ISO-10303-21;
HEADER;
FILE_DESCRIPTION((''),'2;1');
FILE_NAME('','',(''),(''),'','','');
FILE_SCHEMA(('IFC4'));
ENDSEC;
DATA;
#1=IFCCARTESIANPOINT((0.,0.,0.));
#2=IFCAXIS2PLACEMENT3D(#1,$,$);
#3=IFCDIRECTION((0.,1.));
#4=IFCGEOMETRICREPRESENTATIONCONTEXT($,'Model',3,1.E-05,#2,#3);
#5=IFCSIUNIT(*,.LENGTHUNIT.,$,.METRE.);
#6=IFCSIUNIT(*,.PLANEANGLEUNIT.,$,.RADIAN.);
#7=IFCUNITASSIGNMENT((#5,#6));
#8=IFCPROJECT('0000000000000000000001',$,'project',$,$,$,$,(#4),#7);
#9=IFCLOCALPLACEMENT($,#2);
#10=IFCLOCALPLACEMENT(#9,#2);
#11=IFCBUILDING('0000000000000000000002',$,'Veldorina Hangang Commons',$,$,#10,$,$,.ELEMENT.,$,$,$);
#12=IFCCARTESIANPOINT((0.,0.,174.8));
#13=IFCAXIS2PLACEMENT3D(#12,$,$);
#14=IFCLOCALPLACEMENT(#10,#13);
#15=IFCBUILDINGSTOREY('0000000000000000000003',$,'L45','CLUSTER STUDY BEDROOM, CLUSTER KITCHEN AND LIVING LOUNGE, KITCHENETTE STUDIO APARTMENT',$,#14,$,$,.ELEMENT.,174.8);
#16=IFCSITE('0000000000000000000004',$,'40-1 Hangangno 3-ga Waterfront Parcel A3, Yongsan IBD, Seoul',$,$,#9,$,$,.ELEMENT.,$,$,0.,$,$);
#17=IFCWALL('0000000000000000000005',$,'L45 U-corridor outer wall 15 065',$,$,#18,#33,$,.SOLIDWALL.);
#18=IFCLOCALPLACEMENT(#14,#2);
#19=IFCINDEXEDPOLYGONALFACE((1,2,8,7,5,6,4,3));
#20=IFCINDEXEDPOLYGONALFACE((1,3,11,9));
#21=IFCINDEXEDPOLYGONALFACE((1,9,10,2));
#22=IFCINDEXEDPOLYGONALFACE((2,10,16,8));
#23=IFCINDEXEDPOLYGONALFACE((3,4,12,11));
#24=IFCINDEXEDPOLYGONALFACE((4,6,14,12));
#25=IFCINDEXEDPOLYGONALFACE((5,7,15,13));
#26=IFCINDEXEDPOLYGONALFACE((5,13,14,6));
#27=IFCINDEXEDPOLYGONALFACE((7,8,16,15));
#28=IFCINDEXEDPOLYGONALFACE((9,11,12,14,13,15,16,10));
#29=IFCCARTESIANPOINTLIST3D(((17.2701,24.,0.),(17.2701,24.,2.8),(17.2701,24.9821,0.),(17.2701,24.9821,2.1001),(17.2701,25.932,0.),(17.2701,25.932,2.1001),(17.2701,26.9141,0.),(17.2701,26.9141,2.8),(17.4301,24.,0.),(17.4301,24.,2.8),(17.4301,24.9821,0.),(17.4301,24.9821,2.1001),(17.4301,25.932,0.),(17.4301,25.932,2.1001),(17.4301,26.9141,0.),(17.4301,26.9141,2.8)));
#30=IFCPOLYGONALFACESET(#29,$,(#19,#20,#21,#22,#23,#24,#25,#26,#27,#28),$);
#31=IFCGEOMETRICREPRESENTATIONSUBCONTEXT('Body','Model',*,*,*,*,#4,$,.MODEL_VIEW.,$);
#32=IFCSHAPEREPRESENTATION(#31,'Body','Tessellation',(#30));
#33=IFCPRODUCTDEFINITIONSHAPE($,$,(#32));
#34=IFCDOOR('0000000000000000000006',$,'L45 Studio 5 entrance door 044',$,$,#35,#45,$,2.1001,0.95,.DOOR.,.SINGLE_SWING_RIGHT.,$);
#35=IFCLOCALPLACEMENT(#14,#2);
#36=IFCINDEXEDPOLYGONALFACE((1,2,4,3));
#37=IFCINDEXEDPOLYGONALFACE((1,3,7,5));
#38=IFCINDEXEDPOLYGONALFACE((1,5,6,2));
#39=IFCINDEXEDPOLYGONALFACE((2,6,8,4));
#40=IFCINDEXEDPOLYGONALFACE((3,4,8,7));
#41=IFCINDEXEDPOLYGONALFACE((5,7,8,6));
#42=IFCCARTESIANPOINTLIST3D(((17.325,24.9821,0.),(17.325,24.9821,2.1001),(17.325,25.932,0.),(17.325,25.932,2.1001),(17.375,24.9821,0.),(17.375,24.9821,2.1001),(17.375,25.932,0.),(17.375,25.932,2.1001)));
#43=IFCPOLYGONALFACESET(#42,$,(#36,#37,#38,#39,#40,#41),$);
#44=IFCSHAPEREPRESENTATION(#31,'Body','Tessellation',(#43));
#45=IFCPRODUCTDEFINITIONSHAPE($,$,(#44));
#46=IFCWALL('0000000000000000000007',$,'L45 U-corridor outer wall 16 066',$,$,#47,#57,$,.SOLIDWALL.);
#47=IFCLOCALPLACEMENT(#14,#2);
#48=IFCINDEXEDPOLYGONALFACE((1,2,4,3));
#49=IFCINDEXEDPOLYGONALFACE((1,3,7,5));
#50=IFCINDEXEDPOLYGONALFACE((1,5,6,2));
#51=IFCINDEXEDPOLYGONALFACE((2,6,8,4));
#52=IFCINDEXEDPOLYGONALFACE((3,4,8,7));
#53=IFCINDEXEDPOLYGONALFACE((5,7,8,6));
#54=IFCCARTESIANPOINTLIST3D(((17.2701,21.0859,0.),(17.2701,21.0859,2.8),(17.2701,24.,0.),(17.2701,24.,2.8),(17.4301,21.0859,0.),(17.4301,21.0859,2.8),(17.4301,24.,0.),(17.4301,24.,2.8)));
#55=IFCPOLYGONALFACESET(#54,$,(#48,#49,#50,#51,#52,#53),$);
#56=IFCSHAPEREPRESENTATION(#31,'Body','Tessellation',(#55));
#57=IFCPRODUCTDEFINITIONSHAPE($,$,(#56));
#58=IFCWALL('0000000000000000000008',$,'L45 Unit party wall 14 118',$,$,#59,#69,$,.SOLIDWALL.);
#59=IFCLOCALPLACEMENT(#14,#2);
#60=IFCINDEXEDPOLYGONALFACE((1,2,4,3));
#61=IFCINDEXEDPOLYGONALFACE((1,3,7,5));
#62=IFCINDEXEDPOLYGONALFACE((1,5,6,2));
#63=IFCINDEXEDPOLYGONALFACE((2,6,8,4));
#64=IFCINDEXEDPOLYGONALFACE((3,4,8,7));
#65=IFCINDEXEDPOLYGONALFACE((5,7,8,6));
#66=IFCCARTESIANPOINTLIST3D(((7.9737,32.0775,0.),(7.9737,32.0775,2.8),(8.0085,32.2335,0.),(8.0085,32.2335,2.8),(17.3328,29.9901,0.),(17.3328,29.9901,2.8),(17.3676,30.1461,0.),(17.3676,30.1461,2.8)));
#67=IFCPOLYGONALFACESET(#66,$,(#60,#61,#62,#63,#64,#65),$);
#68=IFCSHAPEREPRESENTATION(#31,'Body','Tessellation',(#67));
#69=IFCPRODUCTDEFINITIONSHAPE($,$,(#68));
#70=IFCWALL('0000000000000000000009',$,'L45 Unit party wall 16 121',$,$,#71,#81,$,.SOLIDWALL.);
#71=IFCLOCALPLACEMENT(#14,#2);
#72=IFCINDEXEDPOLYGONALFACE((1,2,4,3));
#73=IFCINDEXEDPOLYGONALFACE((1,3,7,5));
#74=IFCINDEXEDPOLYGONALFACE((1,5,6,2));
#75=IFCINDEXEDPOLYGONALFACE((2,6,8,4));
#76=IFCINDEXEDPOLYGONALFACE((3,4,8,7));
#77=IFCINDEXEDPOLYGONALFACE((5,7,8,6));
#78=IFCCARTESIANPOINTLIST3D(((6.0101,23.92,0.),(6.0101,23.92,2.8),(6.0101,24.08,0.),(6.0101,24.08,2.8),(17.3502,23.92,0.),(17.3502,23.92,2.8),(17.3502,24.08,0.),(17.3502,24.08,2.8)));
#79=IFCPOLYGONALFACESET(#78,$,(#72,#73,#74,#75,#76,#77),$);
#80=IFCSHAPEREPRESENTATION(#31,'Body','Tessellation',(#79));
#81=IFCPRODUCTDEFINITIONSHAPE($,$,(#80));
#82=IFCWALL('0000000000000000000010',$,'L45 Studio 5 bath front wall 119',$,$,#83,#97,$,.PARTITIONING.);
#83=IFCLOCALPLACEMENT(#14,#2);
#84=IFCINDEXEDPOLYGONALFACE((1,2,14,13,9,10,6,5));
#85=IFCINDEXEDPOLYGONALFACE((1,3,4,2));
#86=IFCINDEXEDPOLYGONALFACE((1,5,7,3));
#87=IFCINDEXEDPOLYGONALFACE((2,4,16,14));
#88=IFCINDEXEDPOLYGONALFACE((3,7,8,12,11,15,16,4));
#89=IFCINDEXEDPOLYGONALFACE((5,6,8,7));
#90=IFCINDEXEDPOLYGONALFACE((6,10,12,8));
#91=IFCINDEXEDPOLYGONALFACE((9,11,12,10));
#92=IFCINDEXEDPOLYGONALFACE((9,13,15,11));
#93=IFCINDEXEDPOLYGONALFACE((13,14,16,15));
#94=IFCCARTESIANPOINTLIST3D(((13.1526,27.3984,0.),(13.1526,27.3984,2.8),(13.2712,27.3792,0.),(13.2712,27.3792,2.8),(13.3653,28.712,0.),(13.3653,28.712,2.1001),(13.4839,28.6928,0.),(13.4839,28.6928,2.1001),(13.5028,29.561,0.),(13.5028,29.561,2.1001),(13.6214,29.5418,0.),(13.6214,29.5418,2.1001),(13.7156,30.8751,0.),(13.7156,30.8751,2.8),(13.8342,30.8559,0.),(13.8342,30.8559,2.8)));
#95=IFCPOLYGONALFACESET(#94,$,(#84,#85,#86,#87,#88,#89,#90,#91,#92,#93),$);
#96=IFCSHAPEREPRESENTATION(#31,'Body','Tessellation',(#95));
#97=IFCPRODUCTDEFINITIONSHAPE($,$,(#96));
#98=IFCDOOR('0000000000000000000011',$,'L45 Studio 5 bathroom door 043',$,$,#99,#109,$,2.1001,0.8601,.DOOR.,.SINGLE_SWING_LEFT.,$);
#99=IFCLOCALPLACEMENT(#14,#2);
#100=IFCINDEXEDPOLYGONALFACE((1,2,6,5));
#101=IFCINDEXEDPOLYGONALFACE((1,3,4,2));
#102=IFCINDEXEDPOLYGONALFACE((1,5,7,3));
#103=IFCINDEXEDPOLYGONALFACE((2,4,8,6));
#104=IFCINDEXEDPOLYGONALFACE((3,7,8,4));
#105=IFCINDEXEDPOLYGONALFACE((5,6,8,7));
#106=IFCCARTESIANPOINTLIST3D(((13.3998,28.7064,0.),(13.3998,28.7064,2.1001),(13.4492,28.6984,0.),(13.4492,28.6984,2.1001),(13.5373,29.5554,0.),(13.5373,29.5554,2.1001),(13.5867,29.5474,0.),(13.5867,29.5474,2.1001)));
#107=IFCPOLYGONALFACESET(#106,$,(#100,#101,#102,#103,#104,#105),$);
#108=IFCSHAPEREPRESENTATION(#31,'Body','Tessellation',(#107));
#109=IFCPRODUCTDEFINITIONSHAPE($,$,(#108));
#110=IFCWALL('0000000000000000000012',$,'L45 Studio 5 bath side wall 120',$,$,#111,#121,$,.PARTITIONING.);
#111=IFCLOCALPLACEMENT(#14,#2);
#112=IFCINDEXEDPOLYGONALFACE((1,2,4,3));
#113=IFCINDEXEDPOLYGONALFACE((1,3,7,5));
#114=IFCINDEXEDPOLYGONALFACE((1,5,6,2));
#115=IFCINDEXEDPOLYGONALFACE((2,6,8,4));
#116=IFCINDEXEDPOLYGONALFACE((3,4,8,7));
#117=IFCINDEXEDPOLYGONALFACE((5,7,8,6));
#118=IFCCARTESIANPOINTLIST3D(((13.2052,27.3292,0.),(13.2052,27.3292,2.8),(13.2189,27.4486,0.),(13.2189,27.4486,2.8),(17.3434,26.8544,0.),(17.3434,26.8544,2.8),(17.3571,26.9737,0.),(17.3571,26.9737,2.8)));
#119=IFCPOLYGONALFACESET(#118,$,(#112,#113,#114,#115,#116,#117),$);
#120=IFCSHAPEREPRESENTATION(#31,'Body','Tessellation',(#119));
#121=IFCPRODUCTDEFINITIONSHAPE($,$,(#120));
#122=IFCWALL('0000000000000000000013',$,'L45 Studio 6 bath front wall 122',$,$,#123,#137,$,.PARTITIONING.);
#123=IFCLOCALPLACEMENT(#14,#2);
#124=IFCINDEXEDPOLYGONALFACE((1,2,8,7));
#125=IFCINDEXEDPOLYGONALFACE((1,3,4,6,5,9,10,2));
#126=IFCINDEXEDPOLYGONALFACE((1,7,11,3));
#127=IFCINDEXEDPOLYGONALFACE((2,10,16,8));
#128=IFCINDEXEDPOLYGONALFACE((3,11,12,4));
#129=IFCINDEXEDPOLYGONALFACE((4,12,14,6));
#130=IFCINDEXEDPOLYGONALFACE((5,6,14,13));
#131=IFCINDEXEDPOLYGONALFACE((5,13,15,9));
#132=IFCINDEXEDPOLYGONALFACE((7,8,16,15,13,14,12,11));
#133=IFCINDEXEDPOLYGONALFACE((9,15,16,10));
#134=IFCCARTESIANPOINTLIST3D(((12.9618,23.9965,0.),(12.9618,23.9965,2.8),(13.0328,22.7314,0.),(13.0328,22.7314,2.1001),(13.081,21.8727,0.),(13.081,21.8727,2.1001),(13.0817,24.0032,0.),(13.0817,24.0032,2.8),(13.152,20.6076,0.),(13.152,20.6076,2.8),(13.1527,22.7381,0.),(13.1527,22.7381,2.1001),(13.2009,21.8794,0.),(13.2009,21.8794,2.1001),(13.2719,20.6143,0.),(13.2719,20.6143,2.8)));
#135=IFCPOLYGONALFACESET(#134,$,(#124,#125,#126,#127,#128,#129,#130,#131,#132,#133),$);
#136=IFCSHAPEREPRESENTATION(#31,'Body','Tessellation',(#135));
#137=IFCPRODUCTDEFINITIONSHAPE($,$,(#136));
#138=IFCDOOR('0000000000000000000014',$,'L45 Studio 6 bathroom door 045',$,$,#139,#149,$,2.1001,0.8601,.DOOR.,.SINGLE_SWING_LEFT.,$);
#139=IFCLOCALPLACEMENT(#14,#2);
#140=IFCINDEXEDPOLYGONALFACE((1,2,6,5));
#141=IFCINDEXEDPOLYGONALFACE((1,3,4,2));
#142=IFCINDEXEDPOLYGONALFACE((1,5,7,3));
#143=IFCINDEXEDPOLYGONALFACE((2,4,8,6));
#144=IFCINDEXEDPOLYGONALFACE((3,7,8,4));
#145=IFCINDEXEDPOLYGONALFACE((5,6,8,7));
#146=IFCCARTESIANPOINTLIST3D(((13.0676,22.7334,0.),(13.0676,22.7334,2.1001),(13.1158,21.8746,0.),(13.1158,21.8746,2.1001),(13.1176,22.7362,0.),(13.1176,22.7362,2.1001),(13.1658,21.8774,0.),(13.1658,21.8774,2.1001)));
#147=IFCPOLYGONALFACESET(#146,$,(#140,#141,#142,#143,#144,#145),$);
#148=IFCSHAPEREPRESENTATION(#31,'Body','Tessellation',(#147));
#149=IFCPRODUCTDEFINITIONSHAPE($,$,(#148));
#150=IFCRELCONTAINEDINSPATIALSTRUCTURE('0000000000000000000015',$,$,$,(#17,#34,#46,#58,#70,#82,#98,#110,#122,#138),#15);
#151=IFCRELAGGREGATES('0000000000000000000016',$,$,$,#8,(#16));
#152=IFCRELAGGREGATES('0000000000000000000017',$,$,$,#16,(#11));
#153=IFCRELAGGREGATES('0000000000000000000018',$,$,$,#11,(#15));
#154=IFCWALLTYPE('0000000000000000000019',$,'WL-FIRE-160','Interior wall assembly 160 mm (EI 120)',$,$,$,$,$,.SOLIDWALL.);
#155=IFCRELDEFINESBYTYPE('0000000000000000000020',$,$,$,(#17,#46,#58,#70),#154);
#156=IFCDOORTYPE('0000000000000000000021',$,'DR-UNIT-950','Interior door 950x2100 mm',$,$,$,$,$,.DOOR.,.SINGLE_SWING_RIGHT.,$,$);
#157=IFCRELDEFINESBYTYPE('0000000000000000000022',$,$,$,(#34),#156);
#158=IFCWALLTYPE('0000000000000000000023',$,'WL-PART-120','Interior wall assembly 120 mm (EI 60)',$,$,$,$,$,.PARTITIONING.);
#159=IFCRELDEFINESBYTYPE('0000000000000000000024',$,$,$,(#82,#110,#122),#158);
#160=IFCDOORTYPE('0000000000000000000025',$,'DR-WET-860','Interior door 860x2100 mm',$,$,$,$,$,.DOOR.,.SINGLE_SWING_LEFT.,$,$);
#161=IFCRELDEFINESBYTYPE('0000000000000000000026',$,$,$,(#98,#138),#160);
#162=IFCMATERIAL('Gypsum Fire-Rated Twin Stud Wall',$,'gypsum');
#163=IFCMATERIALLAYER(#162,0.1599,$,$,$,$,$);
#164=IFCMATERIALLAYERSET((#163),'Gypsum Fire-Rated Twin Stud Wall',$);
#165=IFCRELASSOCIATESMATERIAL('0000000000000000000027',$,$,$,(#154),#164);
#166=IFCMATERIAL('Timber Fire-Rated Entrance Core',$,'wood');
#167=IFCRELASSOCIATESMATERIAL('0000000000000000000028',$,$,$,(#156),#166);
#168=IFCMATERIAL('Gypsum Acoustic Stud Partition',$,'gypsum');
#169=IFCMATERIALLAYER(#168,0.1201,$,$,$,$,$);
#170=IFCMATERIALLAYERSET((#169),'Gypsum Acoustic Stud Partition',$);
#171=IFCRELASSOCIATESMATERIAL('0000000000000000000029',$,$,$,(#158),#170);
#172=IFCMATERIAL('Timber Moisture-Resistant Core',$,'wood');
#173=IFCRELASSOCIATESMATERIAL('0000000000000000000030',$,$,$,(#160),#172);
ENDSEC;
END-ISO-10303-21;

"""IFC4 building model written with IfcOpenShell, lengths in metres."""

from ifc_helpers import new_model, si_unit, direction, frame, frame_2d, origin, place, context, subcontext, project, spatial, rectangle, extrude, material, layer, layer_set, type_object, element, fill, save


model = new_model("IFC4")

# Units and contexts
model_context = context("Model", 3, precision=1e-05, world=origin(), true_north=direction((0.0, 1.0)))
body_context = subcontext(model_context, "Body", "Model", "MODEL_VIEW")
ifc_project = project(units=[si_unit("LENGTHUNIT", "METRE"), si_unit("PLANEANGLEUNIT", "RADIAN")], contexts=[model_context])

# Site, building, storey
site_placement = place(None, origin())
site = spatial("IfcSite", under=ifc_project, at=site_placement, Name="40-1 Hangangno 3-ga Waterfront Parcel A3, Yongsan IBD, Seoul", CompositionType="ELEMENT", RefElevation=0.0)
building_placement = place(site_placement, origin())
building = spatial("IfcBuilding", under=site, at=building_placement, Name="Veldorina Hangang Commons", CompositionType="ELEMENT")
storey_placement = place(building_placement, frame((0.0, 0.0, 174.8)))
storey = spatial("IfcBuildingStorey", under=building, at=storey_placement, Name="L45", Description="CLUSTER STUDY BEDROOM, CLUSTER KITCHEN AND LIVING LOUNGE, KITCHENETTE STUDIO APARTMENT", CompositionType="ELEMENT", Elevation=174.8)

# Shared definitions
ifc_material_1 = material(Name="Gypsum Fire-Rated Twin Stud Wall", Category="gypsum")
ifc_layer_1 = layer(ifc_material_1, 0.1599)
ifc_layer_set_1 = layer_set([ifc_layer_1], Name="Gypsum Fire-Rated Twin Stud Wall")
wall_type_1 = type_object("IfcWallType", Name="WL-FIRE-160", Description="Interior wall assembly 160 mm (EI 120)", PredefinedType="SOLIDWALL", material=ifc_layer_set_1)

# Wall, opening, door
wall_1_placement = place(storey_placement, frame((17.3501, 26.9141, 0.0), z_axis=(0.0, 0.0, 1.0), x_axis=(0.0, -1.0, 0.0)))
wall_1 = element("IfcWall", 1, at=wall_1_placement, inside=storey, type_object=wall_type_1, Name="L45 U-corridor outer wall 15 065", PredefinedType="SOLIDWALL", context=body_context, shape_type="SweptSolid", body=[
    extrude(rectangle(XDim=2.9141, YDim=0.1599, at=frame_2d((1.457, 0.0))), origin(), (0.0, 0.0, 1.0), 2.8),
])
opening_1_placement = place(wall_1_placement, frame((0.9819, 0.0, 0.0)))
opening_1 = element("IfcOpeningElement", 2, at=opening_1_placement, cuts=wall_1, PredefinedType="OPENING", context=body_context, shape_type="SweptSolid", body=[
    extrude(rectangle(XDim=0.95, YDim=2.1001, at=frame_2d((0.4751, 1.05))), frame((0.0, 0.0898, 0.0), z_axis=(0.0, -1.0, 0.0), x_axis=(1.0, 0.0, 0.0)), (0.0, 0.0, 1.0), 0.1799),
])
ifc_material_2 = material(Name="Timber Fire-Rated Entrance Core", Category="wood")
door_type_1 = type_object("IfcDoorType", Name="DR-UNIT-950", Description="Interior door 950x2100 mm", OperationType="SINGLE_SWING_RIGHT", PredefinedType="DOOR", material=ifc_material_2)
door_1_placement = place(opening_1_placement, origin())
door_1 = element("IfcDoor", 3, at=door_1_placement, inside=storey, type_object=door_type_1, Name="L45 Studio 5 entrance door 044", OperationType="SINGLE_SWING_RIGHT", OverallHeight=2.1001, OverallWidth=0.95, PredefinedType="DOOR", context=body_context, shape_type="SweptSolid", body=[
    extrude(rectangle(XDim=0.95, YDim=2.1001, at=frame_2d((0.4751, 1.05))), frame((0.0, 0.0249, 0.0), z_axis=(0.0, -1.0, 0.0), x_axis=(1.0, 0.0, 0.0)), (0.0, 0.0, 1.0), 0.05),
])
fill(opening_1, door_1)

# Walls
wall_2_placement = place(storey_placement, frame((17.3501, 24.0, 0.0), z_axis=(0.0, 0.0, 1.0), x_axis=(0.0, -1.0, 0.0)))
element("IfcWall", 4, at=wall_2_placement, inside=storey, type_object=wall_type_1, Name="L45 U-corridor outer wall 16 066", PredefinedType="SOLIDWALL", context=body_context, shape_type="SweptSolid", body=[
    extrude(rectangle(XDim=2.9141, YDim=0.1599, at=frame_2d((1.457, 0.0))), origin(), (0.0, 0.0, 1.0), 2.8),
])
wall_3_placement = place(storey_placement, frame((17.3501, 30.0681, 0.0), z_axis=(0.0, 0.0, 1.0), x_axis=(-0.976019, 0.217685, 0.0)))
element("IfcWall", 5, at=wall_3_placement, inside=storey, type_object=wall_type_1, Name="L45 Unit party wall 14 118", PredefinedType="SOLIDWALL", context=body_context, shape_type="SweptSolid", body=[
    extrude(rectangle(XDim=9.5891, YDim=0.1599, at=frame_2d((4.7944, 0.0))), origin(), (0.0, 0.0, 1.0), 2.8),
])
wall_4_placement = place(storey_placement, frame((17.3501, 24.0, 0.0), z_axis=(0.0, 0.0, 1.0), x_axis=(-1.0, 0.0, 0.0)))
element("IfcWall", 6, at=wall_4_placement, inside=storey, type_object=wall_type_1, Name="L45 Unit party wall 16 121", PredefinedType="SOLIDWALL", context=body_context, shape_type="SweptSolid", body=[
    extrude(rectangle(XDim=11.3401, YDim=0.1599, at=frame_2d((5.6699, 0.0))), origin(), (0.0, 0.0, 1.0), 2.8),
])

# Wall, opening, door
ifc_material_3 = material(Name="Gypsum Acoustic Stud Partition", Category="gypsum")
ifc_layer_2 = layer(ifc_material_3, 0.1201)
ifc_layer_set_2 = layer_set([ifc_layer_2], Name="Gypsum Acoustic Stud Partition")
wall_type_2 = type_object("IfcWallType", Name="WL-PART-120", Description="Interior wall assembly 120 mm (EI 60)", PredefinedType="PARTITIONING", material=ifc_layer_set_2)
wall_5_placement = place(storey_placement, frame((13.7749, 30.8655, 0.0), z_axis=(0.0, 0.0, 1.0), x_axis=(-0.159856, -0.98714, 0.0)))
wall_5 = element("IfcWall", 7, at=wall_5_placement, inside=storey, type_object=wall_type_2, Name="L45 Studio 5 bath front wall 119", PredefinedType="PARTITIONING", context=body_context, shape_type="SweptSolid", body=[
    extrude(rectangle(XDim=3.522, YDim=0.1201, at=frame_2d((1.761, 0.0))), origin(), (0.0, 0.0, 1.0), 2.8),
])
opening_2_placement = place(wall_5_placement, frame((1.3311, 0.0, 0.0)))
opening_2 = element("IfcOpeningElement", 8, at=opening_2_placement, cuts=wall_5, PredefinedType="OPENING", context=body_context, shape_type="SweptSolid", body=[
    extrude(rectangle(XDim=0.8601, YDim=2.1001, at=frame_2d((0.4302, 1.05))), frame((0.0, 0.0701, 0.0), z_axis=(0.0, -1.0, 0.0), x_axis=(1.0, 0.0, 0.0)), (0.0, 0.0, 1.0), 0.1401),
])
ifc_material_4 = material(Name="Timber Moisture-Resistant Core", Category="wood")
door_type_2 = type_object("IfcDoorType", Name="DR-WET-860", Description="Interior door 860x2100 mm", OperationType="SINGLE_SWING_LEFT", PredefinedType="DOOR", material=ifc_material_4)
door_2_placement = place(opening_2_placement, origin())
door_2 = element("IfcDoor", 9, at=door_2_placement, inside=storey, type_object=door_type_2, Name="L45 Studio 5 bathroom door 043", OperationType="SINGLE_SWING_LEFT", OverallHeight=2.1001, OverallWidth=0.8601, PredefinedType="DOOR", context=body_context, shape_type="SweptSolid", body=[
    extrude(rectangle(XDim=0.8601, YDim=2.1001, at=frame_2d((0.4302, 1.05))), frame((0.0, 0.0249, 0.0), z_axis=(0.0, -1.0, 0.0), x_axis=(1.0, 0.0, 0.0)), (0.0, 0.0, 1.0), 0.05),
])
fill(opening_2, door_2)

# Wall
wall_6_placement = place(storey_placement, frame((17.3501, 26.9141, 0.0), z_axis=(0.0, 0.0, 1.0), x_axis=(-0.993481, 0.114001, 0.0)))
element("IfcWall", 10, at=wall_6_placement, inside=storey, type_object=wall_type_2, Name="L45 Studio 5 bath side wall 120", PredefinedType="PARTITIONING", context=body_context, shape_type="SweptSolid", body=[
    extrude(rectangle(XDim=4.1653, YDim=0.1201, at=frame_2d((2.0825, 0.0))), origin(), (0.0, 0.0, 1.0), 2.8),
])

# Wall, opening, door
wall_7_placement = place(storey_placement, frame((13.0217, 24.0, 0.0), z_axis=(0.0, 0.0, 1.0), x_axis=(0.056032, -0.998429, 0.0)))
wall_7 = element("IfcWall", 11, at=wall_7_placement, inside=storey, type_object=wall_type_2, Name="L45 Studio 6 bath front wall 122", PredefinedType="PARTITIONING", context=body_context, shape_type="SweptSolid", body=[
    extrude(rectangle(XDim=3.3943, YDim=0.1201, at=frame_2d((1.6973, 0.0))), origin(), (0.0, 0.0, 1.0), 2.8),
])
opening_3_placement = place(wall_7_placement, frame((1.2671, 0.0, 0.0)))
opening_3 = element("IfcOpeningElement", 12, at=opening_3_placement, cuts=wall_7, PredefinedType="OPENING", context=body_context, shape_type="SweptSolid", body=[
    extrude(rectangle(XDim=0.8601, YDim=2.1001, at=frame_2d((0.4302, 1.05))), frame((0.0, 0.0701, 0.0), z_axis=(0.0, -1.0, 0.0), x_axis=(1.0, 0.0, 0.0)), (0.0, 0.0, 1.0), 0.1401),
])
door_3_placement = place(opening_3_placement, origin())
door_3 = element("IfcDoor", 13, at=door_3_placement, inside=storey, type_object=door_type_2, Name="L45 Studio 6 bathroom door 045", OperationType="SINGLE_SWING_LEFT", OverallHeight=2.1001, OverallWidth=0.8601, PredefinedType="DOOR", context=body_context, shape_type="SweptSolid", body=[
    extrude(rectangle(XDim=0.8601, YDim=2.1001, at=frame_2d((0.4302, 1.05))), frame((0.0, 0.0249, 0.0), z_axis=(0.0, -1.0, 0.0), x_axis=(1.0, 0.0, 0.0)), (0.0, 0.0, 1.0), 0.05),
])
fill(opening_3, door_3)

save(model, "model.ifc")
